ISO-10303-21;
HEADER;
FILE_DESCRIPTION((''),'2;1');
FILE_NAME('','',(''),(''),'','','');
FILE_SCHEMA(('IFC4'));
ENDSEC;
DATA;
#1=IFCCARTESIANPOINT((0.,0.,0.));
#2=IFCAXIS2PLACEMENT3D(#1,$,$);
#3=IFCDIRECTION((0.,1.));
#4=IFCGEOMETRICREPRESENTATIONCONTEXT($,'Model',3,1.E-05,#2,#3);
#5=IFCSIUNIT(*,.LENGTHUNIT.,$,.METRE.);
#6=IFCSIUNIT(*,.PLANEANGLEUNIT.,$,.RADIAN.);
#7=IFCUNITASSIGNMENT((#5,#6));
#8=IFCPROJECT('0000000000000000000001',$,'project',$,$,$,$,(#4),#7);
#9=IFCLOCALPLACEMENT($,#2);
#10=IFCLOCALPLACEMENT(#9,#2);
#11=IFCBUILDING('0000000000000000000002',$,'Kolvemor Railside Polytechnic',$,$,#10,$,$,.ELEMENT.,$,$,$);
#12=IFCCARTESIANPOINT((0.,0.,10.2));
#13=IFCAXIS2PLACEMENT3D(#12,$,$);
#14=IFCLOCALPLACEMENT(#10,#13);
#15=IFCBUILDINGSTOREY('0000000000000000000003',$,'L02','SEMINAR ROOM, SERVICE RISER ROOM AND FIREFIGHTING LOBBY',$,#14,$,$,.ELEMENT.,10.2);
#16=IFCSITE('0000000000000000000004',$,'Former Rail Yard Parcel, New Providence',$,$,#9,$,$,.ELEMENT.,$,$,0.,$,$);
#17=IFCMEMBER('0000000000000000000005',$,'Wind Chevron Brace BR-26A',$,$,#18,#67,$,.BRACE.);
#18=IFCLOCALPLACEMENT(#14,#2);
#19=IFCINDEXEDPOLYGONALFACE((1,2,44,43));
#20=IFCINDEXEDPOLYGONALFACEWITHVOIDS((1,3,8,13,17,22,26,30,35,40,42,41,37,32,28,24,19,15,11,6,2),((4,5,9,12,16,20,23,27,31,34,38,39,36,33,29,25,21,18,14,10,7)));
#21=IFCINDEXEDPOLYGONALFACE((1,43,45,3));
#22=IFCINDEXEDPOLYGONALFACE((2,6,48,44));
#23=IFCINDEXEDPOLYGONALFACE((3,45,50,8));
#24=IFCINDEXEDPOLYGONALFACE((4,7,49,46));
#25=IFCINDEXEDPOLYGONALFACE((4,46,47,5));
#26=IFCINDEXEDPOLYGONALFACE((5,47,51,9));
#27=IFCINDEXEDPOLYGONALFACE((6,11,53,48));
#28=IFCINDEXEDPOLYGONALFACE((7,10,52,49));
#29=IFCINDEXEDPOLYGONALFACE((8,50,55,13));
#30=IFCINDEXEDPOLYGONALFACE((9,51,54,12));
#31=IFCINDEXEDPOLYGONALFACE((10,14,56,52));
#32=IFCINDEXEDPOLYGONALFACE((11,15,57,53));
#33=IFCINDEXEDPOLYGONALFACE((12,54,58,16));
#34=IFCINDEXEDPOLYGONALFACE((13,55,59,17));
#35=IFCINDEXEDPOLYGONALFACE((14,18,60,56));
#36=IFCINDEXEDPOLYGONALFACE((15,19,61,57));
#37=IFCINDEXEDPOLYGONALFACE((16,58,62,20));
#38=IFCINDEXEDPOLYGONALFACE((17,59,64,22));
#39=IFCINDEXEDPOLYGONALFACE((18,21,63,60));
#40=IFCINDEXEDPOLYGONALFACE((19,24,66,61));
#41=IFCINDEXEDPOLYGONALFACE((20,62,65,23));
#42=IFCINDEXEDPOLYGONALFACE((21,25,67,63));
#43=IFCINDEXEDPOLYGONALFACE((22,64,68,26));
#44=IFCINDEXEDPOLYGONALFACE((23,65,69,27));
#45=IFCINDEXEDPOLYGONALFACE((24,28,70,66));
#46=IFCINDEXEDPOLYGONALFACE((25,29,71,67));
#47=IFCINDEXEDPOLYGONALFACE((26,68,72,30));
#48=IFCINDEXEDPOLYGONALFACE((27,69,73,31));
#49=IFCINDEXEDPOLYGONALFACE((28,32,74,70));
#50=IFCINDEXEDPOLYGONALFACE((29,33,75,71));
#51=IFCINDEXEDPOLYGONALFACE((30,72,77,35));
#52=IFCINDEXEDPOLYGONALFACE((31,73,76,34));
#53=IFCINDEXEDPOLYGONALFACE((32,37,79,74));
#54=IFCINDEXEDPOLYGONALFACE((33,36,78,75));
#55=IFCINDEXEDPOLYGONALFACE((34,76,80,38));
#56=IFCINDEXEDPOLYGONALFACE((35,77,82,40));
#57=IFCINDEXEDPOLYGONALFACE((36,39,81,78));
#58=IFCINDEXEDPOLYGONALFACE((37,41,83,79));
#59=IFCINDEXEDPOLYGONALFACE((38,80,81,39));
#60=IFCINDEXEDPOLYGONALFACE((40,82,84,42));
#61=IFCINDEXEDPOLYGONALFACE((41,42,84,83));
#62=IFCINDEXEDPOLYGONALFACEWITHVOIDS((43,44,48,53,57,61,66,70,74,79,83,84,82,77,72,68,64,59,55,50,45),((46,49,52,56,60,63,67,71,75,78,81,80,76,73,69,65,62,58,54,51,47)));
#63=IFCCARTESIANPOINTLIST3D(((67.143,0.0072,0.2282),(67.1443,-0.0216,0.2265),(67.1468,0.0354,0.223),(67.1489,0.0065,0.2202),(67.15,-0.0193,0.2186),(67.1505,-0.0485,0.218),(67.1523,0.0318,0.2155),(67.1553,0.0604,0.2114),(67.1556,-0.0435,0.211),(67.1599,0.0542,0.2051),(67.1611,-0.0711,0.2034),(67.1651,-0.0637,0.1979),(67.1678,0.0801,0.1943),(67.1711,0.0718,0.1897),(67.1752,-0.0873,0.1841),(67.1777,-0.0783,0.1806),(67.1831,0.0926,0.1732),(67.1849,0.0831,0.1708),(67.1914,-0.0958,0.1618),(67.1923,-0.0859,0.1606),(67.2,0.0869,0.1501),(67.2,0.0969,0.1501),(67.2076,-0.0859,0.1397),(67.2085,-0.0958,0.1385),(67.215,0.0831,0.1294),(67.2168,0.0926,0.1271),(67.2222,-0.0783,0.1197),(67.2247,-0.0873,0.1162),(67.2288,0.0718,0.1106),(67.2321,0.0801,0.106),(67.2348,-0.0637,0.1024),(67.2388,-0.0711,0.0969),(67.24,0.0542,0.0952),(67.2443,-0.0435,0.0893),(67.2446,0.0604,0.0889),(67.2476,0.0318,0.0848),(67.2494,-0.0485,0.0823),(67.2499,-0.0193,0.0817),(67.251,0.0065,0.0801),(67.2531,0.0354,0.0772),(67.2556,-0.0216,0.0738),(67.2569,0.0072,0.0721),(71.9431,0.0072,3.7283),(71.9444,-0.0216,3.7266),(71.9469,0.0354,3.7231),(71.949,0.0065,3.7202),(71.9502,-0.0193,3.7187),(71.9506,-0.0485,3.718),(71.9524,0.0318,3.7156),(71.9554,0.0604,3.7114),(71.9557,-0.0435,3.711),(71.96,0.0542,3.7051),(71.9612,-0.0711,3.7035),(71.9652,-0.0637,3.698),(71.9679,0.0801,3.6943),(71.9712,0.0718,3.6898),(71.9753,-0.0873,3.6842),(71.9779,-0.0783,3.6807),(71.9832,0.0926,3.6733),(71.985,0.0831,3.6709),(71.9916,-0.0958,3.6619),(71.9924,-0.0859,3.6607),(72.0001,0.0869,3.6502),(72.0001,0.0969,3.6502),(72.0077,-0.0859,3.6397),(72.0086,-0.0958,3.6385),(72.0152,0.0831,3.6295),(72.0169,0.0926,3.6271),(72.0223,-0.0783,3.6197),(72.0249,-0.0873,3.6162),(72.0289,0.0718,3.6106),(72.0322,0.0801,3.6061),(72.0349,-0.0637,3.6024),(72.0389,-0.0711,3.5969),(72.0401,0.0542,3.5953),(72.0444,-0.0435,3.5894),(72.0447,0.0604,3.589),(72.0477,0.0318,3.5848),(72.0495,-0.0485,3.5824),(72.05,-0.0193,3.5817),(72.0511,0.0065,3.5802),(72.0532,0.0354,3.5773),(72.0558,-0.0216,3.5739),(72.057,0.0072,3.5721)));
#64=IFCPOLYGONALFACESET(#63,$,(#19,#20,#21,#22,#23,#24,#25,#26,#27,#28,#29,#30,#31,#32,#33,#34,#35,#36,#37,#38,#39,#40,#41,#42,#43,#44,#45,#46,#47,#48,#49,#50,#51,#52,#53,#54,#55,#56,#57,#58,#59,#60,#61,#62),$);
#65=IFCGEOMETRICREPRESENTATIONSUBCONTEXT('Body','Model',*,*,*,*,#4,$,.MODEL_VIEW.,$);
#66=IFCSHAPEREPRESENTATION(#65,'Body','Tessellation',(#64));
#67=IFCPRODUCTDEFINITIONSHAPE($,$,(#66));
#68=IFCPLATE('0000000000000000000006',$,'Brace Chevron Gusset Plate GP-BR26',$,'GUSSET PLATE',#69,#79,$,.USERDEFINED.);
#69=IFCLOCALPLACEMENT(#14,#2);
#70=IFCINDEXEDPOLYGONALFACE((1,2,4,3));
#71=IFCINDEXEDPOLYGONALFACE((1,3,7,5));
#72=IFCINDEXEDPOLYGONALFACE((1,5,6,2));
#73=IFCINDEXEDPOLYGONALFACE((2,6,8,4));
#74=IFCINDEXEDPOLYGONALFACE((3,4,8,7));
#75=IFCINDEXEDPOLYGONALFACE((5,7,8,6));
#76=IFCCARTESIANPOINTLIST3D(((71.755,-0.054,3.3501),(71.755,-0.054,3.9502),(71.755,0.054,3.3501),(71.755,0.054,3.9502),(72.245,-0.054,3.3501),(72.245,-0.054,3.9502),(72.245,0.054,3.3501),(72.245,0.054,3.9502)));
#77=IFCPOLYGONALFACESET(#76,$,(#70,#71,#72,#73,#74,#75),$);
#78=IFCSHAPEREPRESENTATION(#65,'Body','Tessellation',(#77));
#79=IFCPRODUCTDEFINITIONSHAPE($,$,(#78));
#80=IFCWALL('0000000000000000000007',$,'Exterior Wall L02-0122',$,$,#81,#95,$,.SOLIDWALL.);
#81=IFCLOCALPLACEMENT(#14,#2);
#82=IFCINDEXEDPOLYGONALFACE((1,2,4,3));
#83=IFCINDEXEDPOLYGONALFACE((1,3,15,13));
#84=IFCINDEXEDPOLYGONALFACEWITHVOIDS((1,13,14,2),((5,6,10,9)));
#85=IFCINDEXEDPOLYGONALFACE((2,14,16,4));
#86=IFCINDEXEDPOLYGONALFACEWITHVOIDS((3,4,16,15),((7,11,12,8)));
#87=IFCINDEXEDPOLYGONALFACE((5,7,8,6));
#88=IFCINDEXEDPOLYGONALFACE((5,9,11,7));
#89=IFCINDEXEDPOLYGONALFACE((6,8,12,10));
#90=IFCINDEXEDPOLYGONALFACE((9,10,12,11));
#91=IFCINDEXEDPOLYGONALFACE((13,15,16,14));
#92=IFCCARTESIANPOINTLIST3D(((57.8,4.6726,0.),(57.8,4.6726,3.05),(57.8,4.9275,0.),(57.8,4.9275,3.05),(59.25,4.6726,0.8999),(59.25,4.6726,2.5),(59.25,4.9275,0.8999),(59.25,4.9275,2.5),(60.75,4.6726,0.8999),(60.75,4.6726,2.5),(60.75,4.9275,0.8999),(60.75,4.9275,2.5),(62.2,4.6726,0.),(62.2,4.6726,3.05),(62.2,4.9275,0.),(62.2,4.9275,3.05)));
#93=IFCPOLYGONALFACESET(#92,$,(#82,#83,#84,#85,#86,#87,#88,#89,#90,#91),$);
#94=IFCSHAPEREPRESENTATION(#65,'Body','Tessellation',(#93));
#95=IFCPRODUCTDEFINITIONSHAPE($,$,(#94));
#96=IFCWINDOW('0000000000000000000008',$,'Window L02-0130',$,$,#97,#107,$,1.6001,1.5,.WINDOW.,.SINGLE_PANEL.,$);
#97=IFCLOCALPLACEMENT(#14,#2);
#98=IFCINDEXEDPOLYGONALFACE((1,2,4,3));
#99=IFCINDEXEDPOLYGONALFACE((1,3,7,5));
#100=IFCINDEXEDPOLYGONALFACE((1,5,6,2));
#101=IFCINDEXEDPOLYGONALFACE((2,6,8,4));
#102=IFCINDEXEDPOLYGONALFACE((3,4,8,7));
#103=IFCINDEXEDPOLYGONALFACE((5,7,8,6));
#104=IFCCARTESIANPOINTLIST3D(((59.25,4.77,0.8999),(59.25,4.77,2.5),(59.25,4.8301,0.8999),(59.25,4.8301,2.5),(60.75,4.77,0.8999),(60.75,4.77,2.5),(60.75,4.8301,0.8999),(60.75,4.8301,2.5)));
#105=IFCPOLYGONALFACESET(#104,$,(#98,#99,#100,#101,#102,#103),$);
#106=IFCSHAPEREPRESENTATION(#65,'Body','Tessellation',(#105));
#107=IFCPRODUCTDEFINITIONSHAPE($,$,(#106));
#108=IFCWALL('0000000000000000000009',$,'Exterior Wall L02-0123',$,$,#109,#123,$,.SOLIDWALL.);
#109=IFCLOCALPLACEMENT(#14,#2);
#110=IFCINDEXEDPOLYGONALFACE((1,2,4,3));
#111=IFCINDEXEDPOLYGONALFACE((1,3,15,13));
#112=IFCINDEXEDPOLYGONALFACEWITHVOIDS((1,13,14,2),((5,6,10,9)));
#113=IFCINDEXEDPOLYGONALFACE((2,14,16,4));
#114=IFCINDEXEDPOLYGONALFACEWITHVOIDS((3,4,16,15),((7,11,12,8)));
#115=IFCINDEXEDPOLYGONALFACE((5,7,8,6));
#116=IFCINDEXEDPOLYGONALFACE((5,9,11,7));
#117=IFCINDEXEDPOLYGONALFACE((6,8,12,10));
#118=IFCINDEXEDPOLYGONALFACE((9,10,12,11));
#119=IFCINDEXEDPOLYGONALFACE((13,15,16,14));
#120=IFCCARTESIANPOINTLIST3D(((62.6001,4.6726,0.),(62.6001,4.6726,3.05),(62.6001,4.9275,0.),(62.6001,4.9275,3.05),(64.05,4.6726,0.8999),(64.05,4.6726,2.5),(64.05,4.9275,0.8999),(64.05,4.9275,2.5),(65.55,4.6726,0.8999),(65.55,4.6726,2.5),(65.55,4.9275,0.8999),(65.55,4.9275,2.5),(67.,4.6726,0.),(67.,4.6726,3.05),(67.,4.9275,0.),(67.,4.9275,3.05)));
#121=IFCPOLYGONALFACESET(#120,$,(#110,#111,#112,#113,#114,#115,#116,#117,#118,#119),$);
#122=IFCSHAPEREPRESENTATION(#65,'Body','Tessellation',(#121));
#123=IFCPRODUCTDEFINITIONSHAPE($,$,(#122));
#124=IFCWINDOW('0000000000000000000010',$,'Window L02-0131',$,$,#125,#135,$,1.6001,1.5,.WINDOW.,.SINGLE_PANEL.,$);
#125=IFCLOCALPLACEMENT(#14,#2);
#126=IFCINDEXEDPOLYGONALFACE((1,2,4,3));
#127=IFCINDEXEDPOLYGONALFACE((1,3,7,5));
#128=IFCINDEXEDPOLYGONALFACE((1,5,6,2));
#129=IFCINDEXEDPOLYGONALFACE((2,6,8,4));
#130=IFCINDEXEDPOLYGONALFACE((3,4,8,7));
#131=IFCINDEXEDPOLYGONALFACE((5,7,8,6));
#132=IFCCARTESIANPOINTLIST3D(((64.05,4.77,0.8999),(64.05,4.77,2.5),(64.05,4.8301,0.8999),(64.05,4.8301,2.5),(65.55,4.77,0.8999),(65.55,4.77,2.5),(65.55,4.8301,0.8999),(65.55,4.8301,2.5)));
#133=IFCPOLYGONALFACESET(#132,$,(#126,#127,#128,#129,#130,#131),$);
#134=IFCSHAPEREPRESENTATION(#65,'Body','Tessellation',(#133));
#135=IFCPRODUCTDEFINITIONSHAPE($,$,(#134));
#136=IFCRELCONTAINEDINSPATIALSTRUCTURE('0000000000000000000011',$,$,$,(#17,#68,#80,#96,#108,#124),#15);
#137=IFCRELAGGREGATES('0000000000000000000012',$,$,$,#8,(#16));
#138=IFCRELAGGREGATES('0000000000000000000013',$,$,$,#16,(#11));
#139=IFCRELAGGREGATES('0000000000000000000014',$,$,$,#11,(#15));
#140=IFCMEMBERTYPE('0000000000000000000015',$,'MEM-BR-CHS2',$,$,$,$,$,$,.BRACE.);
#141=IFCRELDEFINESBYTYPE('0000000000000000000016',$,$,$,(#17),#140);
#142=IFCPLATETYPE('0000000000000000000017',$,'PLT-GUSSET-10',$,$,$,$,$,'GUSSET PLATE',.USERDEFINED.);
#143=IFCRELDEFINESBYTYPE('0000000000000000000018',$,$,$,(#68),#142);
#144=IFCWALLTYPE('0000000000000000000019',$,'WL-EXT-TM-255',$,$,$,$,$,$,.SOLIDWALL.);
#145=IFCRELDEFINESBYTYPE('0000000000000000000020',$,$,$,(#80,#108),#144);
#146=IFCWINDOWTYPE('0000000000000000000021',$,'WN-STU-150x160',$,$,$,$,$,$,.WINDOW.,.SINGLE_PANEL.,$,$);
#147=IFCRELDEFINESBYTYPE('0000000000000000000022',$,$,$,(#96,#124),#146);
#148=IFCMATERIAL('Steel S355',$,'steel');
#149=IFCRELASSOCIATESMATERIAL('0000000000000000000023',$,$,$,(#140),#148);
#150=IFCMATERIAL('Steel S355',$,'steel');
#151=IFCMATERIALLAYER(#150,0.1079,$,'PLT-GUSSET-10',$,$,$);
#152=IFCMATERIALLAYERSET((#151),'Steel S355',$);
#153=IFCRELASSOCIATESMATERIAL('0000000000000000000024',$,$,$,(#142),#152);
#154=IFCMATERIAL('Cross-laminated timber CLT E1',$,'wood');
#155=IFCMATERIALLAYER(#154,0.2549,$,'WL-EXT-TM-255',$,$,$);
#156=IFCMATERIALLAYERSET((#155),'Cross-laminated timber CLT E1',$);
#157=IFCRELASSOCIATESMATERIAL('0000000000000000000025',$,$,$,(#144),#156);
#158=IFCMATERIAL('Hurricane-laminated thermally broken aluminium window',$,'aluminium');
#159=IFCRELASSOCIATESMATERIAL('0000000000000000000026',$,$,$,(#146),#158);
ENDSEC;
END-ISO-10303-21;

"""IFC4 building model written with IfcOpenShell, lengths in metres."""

from ifc_helpers import new_model, si_unit, direction, frame, frame_2d, origin, origin_2d, place, context, subcontext, project, spatial, rectangle, hollow_circle, extrude, material, layer, layer_set, material_profile, profile_set, type_object, element, fill, save


model = new_model("IFC4")

# Units and contexts
model_context = context("Model", 3, precision=1e-05, world=origin(), true_north=direction((0.0, 1.0)))
body_context = subcontext(model_context, "Body", "Model", "MODEL_VIEW")
ifc_project = project(units=[si_unit("LENGTHUNIT", "METRE"), si_unit("PLANEANGLEUNIT", "RADIAN")], contexts=[model_context])

# Site, building, storey
site_placement = place(None, origin())
site = spatial("IfcSite", under=ifc_project, at=site_placement, Name="Former Rail Yard Parcel, New Providence", CompositionType="ELEMENT", RefElevation=0.0)
building_placement = place(site_placement, origin())
building = spatial("IfcBuilding", under=site, at=building_placement, Name="Kolvemor Railside Polytechnic", CompositionType="ELEMENT")
storey_placement = place(building_placement, frame((0.0, 0.0, 10.2)))
storey = spatial("IfcBuildingStorey", under=building, at=storey_placement, Name="L02", Description="SEMINAR ROOM, SERVICE RISER ROOM AND FIREFIGHTING LOBBY", CompositionType="ELEMENT", Elevation=10.2)

# Member
ifc_material_1 = material(Name="Steel S355", Category="steel")
ifc_material_profile_1 = material_profile(ifc_material_1, hollow_circle(Radius=0.0969, WallThickness=0.01, at=origin_2d()), Name="CHS193.7x10")
ifc_profile_set_1 = profile_set([ifc_material_profile_1], Name="Steel S355")
member_type = type_object("IfcMemberType", Name="MEM-BR-CHS2", PredefinedType="BRACE", material=ifc_profile_set_1)
member_placement = place(storey_placement, frame((67.2, 0.0, 0.1501), z_axis=(0.80801, 0.0, 0.589168), x_axis=(0.0, 1.0, 0.0)))
element("IfcMember", 1, at=member_placement, inside=storey, type_object=member_type, Name="Wind Chevron Brace BR-26A", PredefinedType="BRACE", context=body_context, shape_type="SweptSolid", body=[
    extrude(hollow_circle(Radius=0.0969, WallThickness=0.01, at=origin_2d()), origin(), (0.0, 0.0, 1.0), 5.9407),
])

# Plate
ifc_material_2 = material(Name="Steel S355", Category="steel")
ifc_layer_1 = layer(ifc_material_2, 0.1079, Name="PLT-GUSSET-10")
ifc_layer_set_1 = layer_set([ifc_layer_1], Name="Steel S355")
plate_type = type_object("IfcPlateType", Name="PLT-GUSSET-10", ElementType="GUSSET PLATE", PredefinedType="USERDEFINED", material=ifc_layer_set_1)
plate_placement = place(storey_placement, frame((72.0, 0.0, 3.3501), z_axis=(0.0, 0.0, 1.0), x_axis=(1.0, 0.0, 0.0)))
element("IfcPlate", 2, at=plate_placement, inside=storey, type_object=plate_type, Name="Brace Chevron Gusset Plate GP-BR26", ObjectType="GUSSET PLATE", PredefinedType="USERDEFINED", context=body_context, shape_type="SweptSolid", body=[
    extrude(rectangle(XDim=0.49, YDim=0.1079, at=origin_2d()), origin(), (0.0, 0.0, 1.0), 0.6001),
])

# Walls, openings, windows
ifc_material_3 = material(Name="Cross-laminated timber CLT E1", Category="wood")
ifc_layer_2 = layer(ifc_material_3, 0.2549, Name="WL-EXT-TM-255")
ifc_layer_set_2 = layer_set([ifc_layer_2], Name="Cross-laminated timber CLT E1")
wall_type = type_object("IfcWallType", Name="WL-EXT-TM-255", PredefinedType="SOLIDWALL", material=ifc_layer_set_2)
wall_1_placement = place(storey_placement, frame((57.8, 4.8, 0.0), z_axis=(0.0, 0.0, 1.0), x_axis=(1.0, 0.0, 0.0)))
wall_1 = element("IfcWall", 3, at=wall_1_placement, inside=storey, type_object=wall_type, Name="Exterior Wall L02-0122", PredefinedType="SOLIDWALL", context=body_context, shape_type="SweptSolid", body=[
    extrude(rectangle(XDim=4.3999, YDim=0.2549, at=frame_2d((2.2, 0.0))), origin(), (0.0, 0.0, 1.0), 3.05),
])
opening_1_placement = place(wall_1_placement, frame((1.45, 0.0, 0.8999)))
opening_1 = element("IfcOpeningElement", 4, at=opening_1_placement, cuts=wall_1, PredefinedType="OPENING", context=body_context, shape_type="SweptSolid", body=[
    extrude(rectangle(XDim=1.5, YDim=1.6001, at=frame_2d((0.75, 0.8))), frame((0.0, 0.1375, 0.0), z_axis=(0.0, -1.0, 0.0), x_axis=(1.0, 0.0, 0.0)), (0.0, 0.0, 1.0), 0.2749),
])
ifc_material_4 = material(Name="Hurricane-laminated thermally broken aluminium window", Category="aluminium")
window_type = type_object("IfcWindowType", Name="WN-STU-150x160", PartitioningType="SINGLE_PANEL", PredefinedType="WINDOW", material=ifc_material_4)
window_1_placement = place(opening_1_placement, origin())
window_1 = element("IfcWindow", 5, at=window_1_placement, inside=storey, type_object=window_type, Name="Window L02-0130", OverallHeight=1.6001, OverallWidth=1.5, PartitioningType="SINGLE_PANEL", PredefinedType="WINDOW", context=body_context, shape_type="SweptSolid", body=[
    extrude(rectangle(XDim=1.5, YDim=1.6001, at=frame_2d((0.75, 0.8))), frame((0.0, 0.03, 0.0), z_axis=(0.0, -1.0, 0.0), x_axis=(1.0, 0.0, 0.0)), (0.0, 0.0, 1.0), 0.0601),
])
fill(opening_1, window_1)
wall_2_placement = place(storey_placement, frame((62.6001, 4.8, 0.0), z_axis=(0.0, 0.0, 1.0), x_axis=(1.0, 0.0, 0.0)))
wall_2 = element("IfcWall", 6, at=wall_2_placement, inside=storey, type_object=wall_type, Name="Exterior Wall L02-0123", PredefinedType="SOLIDWALL", context=body_context, shape_type="SweptSolid", body=[
    extrude(rectangle(XDim=4.3999, YDim=0.2549, at=frame_2d((2.2, 0.0))), origin(), (0.0, 0.0, 1.0), 3.05),
])
opening_2_placement = place(wall_2_placement, frame((1.45, 0.0, 0.8999)))
opening_2 = element("IfcOpeningElement", 7, at=opening_2_placement, cuts=wall_2, PredefinedType="OPENING", context=body_context, shape_type="SweptSolid", body=[
    extrude(rectangle(XDim=1.5, YDim=1.6001, at=frame_2d((0.75, 0.8))), frame((0.0, 0.1375, 0.0), z_axis=(0.0, -1.0, 0.0), x_axis=(1.0, 0.0, 0.0)), (0.0, 0.0, 1.0), 0.2749),
])
window_2_placement = place(opening_2_placement, origin())
window_2 = element("IfcWindow", 8, at=window_2_placement, inside=storey, type_object=window_type, Name="Window L02-0131", OverallHeight=1.6001, OverallWidth=1.5, PartitioningType="SINGLE_PANEL", PredefinedType="WINDOW", context=body_context, shape_type="SweptSolid", body=[
    extrude(rectangle(XDim=1.5, YDim=1.6001, at=frame_2d((0.75, 0.8))), frame((0.0, 0.03, 0.0), z_axis=(0.0, -1.0, 0.0), x_axis=(1.0, 0.0, 0.0)), (0.0, 0.0, 1.0), 0.0601),
])
fill(opening_2, window_2)

save(model, "model.ifc")
